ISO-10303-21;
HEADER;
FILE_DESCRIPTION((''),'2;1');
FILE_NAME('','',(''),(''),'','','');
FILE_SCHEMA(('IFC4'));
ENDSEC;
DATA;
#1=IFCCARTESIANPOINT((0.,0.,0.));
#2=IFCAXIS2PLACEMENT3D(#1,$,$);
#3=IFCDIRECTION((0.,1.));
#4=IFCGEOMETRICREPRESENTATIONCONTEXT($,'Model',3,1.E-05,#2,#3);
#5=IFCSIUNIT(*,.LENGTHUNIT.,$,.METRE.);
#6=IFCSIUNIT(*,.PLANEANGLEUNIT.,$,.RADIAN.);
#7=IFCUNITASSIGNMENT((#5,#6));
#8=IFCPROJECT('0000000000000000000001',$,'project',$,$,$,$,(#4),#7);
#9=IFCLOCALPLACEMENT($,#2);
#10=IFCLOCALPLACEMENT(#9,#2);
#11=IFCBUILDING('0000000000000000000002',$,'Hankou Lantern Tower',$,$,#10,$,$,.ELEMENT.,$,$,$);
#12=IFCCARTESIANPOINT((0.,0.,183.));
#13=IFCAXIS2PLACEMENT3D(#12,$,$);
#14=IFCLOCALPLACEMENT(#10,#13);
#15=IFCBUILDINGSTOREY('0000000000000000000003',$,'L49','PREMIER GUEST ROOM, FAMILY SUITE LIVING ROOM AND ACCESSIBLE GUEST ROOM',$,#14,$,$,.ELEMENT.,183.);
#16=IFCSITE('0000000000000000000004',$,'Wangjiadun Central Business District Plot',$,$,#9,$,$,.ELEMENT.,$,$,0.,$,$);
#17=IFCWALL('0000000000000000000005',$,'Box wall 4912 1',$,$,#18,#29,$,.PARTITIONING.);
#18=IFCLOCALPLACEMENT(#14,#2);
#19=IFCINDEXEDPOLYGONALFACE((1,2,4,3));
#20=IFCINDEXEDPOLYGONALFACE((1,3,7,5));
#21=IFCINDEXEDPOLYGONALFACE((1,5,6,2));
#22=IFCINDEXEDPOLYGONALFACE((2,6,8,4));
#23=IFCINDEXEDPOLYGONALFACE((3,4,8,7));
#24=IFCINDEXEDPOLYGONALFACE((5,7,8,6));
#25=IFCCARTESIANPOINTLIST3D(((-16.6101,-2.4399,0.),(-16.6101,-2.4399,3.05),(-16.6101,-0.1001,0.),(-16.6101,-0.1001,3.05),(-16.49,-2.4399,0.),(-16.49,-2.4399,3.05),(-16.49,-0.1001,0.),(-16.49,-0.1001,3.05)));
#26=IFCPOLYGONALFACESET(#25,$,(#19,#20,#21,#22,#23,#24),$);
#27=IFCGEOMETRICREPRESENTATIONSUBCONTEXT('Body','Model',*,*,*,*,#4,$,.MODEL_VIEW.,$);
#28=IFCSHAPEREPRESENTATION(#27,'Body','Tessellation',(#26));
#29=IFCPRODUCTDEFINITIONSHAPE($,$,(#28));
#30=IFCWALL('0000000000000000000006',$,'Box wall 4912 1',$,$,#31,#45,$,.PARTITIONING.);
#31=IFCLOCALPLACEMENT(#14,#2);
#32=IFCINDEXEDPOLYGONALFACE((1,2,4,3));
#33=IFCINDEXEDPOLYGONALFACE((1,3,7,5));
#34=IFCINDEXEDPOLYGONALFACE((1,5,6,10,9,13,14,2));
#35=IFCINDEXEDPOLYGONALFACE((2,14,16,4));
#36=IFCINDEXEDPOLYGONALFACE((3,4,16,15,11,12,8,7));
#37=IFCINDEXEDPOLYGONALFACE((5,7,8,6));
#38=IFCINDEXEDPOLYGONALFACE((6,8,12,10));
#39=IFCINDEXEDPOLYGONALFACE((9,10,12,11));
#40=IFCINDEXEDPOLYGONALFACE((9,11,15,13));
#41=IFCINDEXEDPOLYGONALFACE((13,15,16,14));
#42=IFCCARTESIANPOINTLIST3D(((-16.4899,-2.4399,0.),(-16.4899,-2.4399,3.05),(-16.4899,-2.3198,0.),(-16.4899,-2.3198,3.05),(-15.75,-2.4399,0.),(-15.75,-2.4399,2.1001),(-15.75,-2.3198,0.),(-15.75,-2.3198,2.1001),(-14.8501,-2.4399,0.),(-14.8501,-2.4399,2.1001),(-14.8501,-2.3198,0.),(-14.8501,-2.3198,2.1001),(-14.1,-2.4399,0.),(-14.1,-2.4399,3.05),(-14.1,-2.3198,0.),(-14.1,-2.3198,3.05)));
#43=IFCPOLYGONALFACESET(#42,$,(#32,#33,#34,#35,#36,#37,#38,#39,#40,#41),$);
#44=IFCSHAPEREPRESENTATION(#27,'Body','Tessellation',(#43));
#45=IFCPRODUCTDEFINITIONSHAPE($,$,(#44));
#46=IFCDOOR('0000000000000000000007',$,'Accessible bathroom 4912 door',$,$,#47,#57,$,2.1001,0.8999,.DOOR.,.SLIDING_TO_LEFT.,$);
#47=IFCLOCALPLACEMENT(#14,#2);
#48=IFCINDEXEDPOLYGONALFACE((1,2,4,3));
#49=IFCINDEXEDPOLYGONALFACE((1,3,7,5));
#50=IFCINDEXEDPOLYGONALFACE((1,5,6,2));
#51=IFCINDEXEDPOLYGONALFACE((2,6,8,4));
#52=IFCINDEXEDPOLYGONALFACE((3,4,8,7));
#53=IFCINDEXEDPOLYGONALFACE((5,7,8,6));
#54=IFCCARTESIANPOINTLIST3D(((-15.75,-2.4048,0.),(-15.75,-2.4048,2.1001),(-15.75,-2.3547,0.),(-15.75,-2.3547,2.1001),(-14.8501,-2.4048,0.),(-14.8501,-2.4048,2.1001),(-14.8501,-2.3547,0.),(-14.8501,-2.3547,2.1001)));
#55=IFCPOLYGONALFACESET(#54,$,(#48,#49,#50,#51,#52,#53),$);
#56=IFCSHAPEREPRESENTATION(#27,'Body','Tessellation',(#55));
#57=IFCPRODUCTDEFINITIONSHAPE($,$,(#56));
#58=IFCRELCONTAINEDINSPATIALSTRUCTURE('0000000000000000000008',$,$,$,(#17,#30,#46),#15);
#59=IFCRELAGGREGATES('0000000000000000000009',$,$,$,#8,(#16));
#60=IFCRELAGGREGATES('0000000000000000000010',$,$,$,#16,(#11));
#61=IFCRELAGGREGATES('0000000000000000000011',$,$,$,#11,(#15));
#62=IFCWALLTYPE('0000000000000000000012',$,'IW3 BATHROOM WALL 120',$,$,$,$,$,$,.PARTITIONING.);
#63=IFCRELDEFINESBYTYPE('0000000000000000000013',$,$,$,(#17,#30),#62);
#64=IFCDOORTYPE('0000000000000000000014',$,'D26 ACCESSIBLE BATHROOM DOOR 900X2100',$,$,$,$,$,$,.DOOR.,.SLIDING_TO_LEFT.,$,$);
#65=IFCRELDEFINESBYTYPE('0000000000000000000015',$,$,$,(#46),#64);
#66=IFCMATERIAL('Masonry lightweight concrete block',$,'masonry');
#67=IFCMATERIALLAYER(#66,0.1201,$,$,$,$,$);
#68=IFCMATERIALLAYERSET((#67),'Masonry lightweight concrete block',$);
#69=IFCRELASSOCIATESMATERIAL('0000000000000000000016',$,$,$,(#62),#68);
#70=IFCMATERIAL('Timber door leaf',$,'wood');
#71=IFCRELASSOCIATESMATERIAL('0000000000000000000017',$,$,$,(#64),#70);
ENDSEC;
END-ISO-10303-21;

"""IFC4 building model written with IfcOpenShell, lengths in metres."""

from ifc_helpers import new_model, si_unit, direction, frame, frame_2d, origin, place, context, subcontext, project, spatial, rectangle, extrude, material, layer, layer_set, type_object, element, fill, save


model = new_model("IFC4")

# Units and contexts
model_context = context("Model", 3, precision=1e-05, world=origin(), true_north=direction((0.0, 1.0)))
body_context = subcontext(model_context, "Body", "Model", "MODEL_VIEW")
ifc_project = project(units=[si_unit("LENGTHUNIT", "METRE"), si_unit("PLANEANGLEUNIT", "RADIAN")], contexts=[model_context])

# Site, building, storey
site_placement = place(None, origin())
site = spatial("IfcSite", under=ifc_project, at=site_placement, Name="Wangjiadun Central Business District Plot", CompositionType="ELEMENT", RefElevation=0.0)
building_placement = place(site_placement, origin())
building = spatial("IfcBuilding", under=site, at=building_placement, Name="Hankou Lantern Tower", CompositionType="ELEMENT")
storey_placement = place(building_placement, frame((0.0, 0.0, 183.0)))
storey = spatial("IfcBuildingStorey", under=building, at=storey_placement, Name="L49", Description="PREMIER GUEST ROOM, FAMILY SUITE LIVING ROOM AND ACCESSIBLE GUEST ROOM", CompositionType="ELEMENT", Elevation=183.0)

# Shared definitions
ifc_material_1 = material(Name="Masonry lightweight concrete block", Category="masonry")
ifc_layer_1 = layer(ifc_material_1, 0.1201)
ifc_layer_set_1 = layer_set([ifc_layer_1], Name="Masonry lightweight concrete block")
wall_type_1 = type_object("IfcWallType", Name="IW3 BATHROOM WALL 120", PredefinedType="PARTITIONING", material=ifc_layer_set_1)

# Wall
wall_1_placement = place(storey_placement, frame((-16.55, -0.1001, 0.0), z_axis=(0.0, 0.0, 1.0), x_axis=(0.0, -1.0, 0.0)))
element("IfcWall", 1, at=wall_1_placement, inside=storey, type_object=wall_type_1, Name="Box wall 4912 1", PredefinedType="PARTITIONING", context=body_context, shape_type="SweptSolid", body=[
    extrude(rectangle(XDim=2.3398, YDim=0.1201, at=frame_2d((1.1699, 0.0))), origin(), (0.0, 0.0, 1.0), 3.05),
])

# Wall, opening, door
wall_2_placement = place(storey_placement, frame((-14.1001, -2.3799, 0.0), z_axis=(0.0, 0.0, 1.0), x_axis=(-1.0, 0.0, 0.0)))
wall_2 = element("IfcWall", 2, at=wall_2_placement, inside=storey, type_object=wall_type_1, Name="Box wall 4912 1", PredefinedType="PARTITIONING", context=body_context, shape_type="SweptSolid", body=[
    extrude(rectangle(XDim=2.3899, YDim=0.1201, at=frame_2d((1.1948, 0.0))), origin(), (0.0, 0.0, 1.0), 3.05),
])
opening_1_placement = place(wall_2_placement, frame((0.75, 0.0, 0.0)))
opening_1 = element("IfcOpeningElement", 3, at=opening_1_placement, cuts=wall_2, PredefinedType="OPENING", context=body_context, shape_type="SweptSolid", body=[
    extrude(rectangle(XDim=0.8999, YDim=2.1001, at=frame_2d((0.45, 1.05))), frame((0.0, 0.0701, 0.0), z_axis=(0.0, -1.0, 0.0), x_axis=(1.0, 0.0, 0.0)), (0.0, 0.0, 1.0), 0.1401),
])
ifc_material_2 = material(Name="Timber door leaf", Category="wood")
door_type_1 = type_object("IfcDoorType", Name="D26 ACCESSIBLE BATHROOM DOOR 900X2100", OperationType="SLIDING_TO_LEFT", PredefinedType="DOOR", material=ifc_material_2)
door_1_placement = place(opening_1_placement, origin())
door_1 = element("IfcDoor", 4, at=door_1_placement, inside=storey, type_object=door_type_1, Name="Accessible bathroom 4912 door", OperationType="SLIDING_TO_LEFT", OverallHeight=2.1001, OverallWidth=0.8999, PredefinedType="DOOR", context=body_context, shape_type="SweptSolid", body=[
    extrude(rectangle(XDim=0.8999, YDim=2.1001, at=frame_2d((0.45, 1.05))), frame((0.0, 0.0249, 0.0), z_axis=(0.0, -1.0, 0.0), x_axis=(1.0, 0.0, 0.0)), (0.0, 0.0, 1.0), 0.05),
])
fill(opening_1, door_1)

save(model, "model.ifc")
